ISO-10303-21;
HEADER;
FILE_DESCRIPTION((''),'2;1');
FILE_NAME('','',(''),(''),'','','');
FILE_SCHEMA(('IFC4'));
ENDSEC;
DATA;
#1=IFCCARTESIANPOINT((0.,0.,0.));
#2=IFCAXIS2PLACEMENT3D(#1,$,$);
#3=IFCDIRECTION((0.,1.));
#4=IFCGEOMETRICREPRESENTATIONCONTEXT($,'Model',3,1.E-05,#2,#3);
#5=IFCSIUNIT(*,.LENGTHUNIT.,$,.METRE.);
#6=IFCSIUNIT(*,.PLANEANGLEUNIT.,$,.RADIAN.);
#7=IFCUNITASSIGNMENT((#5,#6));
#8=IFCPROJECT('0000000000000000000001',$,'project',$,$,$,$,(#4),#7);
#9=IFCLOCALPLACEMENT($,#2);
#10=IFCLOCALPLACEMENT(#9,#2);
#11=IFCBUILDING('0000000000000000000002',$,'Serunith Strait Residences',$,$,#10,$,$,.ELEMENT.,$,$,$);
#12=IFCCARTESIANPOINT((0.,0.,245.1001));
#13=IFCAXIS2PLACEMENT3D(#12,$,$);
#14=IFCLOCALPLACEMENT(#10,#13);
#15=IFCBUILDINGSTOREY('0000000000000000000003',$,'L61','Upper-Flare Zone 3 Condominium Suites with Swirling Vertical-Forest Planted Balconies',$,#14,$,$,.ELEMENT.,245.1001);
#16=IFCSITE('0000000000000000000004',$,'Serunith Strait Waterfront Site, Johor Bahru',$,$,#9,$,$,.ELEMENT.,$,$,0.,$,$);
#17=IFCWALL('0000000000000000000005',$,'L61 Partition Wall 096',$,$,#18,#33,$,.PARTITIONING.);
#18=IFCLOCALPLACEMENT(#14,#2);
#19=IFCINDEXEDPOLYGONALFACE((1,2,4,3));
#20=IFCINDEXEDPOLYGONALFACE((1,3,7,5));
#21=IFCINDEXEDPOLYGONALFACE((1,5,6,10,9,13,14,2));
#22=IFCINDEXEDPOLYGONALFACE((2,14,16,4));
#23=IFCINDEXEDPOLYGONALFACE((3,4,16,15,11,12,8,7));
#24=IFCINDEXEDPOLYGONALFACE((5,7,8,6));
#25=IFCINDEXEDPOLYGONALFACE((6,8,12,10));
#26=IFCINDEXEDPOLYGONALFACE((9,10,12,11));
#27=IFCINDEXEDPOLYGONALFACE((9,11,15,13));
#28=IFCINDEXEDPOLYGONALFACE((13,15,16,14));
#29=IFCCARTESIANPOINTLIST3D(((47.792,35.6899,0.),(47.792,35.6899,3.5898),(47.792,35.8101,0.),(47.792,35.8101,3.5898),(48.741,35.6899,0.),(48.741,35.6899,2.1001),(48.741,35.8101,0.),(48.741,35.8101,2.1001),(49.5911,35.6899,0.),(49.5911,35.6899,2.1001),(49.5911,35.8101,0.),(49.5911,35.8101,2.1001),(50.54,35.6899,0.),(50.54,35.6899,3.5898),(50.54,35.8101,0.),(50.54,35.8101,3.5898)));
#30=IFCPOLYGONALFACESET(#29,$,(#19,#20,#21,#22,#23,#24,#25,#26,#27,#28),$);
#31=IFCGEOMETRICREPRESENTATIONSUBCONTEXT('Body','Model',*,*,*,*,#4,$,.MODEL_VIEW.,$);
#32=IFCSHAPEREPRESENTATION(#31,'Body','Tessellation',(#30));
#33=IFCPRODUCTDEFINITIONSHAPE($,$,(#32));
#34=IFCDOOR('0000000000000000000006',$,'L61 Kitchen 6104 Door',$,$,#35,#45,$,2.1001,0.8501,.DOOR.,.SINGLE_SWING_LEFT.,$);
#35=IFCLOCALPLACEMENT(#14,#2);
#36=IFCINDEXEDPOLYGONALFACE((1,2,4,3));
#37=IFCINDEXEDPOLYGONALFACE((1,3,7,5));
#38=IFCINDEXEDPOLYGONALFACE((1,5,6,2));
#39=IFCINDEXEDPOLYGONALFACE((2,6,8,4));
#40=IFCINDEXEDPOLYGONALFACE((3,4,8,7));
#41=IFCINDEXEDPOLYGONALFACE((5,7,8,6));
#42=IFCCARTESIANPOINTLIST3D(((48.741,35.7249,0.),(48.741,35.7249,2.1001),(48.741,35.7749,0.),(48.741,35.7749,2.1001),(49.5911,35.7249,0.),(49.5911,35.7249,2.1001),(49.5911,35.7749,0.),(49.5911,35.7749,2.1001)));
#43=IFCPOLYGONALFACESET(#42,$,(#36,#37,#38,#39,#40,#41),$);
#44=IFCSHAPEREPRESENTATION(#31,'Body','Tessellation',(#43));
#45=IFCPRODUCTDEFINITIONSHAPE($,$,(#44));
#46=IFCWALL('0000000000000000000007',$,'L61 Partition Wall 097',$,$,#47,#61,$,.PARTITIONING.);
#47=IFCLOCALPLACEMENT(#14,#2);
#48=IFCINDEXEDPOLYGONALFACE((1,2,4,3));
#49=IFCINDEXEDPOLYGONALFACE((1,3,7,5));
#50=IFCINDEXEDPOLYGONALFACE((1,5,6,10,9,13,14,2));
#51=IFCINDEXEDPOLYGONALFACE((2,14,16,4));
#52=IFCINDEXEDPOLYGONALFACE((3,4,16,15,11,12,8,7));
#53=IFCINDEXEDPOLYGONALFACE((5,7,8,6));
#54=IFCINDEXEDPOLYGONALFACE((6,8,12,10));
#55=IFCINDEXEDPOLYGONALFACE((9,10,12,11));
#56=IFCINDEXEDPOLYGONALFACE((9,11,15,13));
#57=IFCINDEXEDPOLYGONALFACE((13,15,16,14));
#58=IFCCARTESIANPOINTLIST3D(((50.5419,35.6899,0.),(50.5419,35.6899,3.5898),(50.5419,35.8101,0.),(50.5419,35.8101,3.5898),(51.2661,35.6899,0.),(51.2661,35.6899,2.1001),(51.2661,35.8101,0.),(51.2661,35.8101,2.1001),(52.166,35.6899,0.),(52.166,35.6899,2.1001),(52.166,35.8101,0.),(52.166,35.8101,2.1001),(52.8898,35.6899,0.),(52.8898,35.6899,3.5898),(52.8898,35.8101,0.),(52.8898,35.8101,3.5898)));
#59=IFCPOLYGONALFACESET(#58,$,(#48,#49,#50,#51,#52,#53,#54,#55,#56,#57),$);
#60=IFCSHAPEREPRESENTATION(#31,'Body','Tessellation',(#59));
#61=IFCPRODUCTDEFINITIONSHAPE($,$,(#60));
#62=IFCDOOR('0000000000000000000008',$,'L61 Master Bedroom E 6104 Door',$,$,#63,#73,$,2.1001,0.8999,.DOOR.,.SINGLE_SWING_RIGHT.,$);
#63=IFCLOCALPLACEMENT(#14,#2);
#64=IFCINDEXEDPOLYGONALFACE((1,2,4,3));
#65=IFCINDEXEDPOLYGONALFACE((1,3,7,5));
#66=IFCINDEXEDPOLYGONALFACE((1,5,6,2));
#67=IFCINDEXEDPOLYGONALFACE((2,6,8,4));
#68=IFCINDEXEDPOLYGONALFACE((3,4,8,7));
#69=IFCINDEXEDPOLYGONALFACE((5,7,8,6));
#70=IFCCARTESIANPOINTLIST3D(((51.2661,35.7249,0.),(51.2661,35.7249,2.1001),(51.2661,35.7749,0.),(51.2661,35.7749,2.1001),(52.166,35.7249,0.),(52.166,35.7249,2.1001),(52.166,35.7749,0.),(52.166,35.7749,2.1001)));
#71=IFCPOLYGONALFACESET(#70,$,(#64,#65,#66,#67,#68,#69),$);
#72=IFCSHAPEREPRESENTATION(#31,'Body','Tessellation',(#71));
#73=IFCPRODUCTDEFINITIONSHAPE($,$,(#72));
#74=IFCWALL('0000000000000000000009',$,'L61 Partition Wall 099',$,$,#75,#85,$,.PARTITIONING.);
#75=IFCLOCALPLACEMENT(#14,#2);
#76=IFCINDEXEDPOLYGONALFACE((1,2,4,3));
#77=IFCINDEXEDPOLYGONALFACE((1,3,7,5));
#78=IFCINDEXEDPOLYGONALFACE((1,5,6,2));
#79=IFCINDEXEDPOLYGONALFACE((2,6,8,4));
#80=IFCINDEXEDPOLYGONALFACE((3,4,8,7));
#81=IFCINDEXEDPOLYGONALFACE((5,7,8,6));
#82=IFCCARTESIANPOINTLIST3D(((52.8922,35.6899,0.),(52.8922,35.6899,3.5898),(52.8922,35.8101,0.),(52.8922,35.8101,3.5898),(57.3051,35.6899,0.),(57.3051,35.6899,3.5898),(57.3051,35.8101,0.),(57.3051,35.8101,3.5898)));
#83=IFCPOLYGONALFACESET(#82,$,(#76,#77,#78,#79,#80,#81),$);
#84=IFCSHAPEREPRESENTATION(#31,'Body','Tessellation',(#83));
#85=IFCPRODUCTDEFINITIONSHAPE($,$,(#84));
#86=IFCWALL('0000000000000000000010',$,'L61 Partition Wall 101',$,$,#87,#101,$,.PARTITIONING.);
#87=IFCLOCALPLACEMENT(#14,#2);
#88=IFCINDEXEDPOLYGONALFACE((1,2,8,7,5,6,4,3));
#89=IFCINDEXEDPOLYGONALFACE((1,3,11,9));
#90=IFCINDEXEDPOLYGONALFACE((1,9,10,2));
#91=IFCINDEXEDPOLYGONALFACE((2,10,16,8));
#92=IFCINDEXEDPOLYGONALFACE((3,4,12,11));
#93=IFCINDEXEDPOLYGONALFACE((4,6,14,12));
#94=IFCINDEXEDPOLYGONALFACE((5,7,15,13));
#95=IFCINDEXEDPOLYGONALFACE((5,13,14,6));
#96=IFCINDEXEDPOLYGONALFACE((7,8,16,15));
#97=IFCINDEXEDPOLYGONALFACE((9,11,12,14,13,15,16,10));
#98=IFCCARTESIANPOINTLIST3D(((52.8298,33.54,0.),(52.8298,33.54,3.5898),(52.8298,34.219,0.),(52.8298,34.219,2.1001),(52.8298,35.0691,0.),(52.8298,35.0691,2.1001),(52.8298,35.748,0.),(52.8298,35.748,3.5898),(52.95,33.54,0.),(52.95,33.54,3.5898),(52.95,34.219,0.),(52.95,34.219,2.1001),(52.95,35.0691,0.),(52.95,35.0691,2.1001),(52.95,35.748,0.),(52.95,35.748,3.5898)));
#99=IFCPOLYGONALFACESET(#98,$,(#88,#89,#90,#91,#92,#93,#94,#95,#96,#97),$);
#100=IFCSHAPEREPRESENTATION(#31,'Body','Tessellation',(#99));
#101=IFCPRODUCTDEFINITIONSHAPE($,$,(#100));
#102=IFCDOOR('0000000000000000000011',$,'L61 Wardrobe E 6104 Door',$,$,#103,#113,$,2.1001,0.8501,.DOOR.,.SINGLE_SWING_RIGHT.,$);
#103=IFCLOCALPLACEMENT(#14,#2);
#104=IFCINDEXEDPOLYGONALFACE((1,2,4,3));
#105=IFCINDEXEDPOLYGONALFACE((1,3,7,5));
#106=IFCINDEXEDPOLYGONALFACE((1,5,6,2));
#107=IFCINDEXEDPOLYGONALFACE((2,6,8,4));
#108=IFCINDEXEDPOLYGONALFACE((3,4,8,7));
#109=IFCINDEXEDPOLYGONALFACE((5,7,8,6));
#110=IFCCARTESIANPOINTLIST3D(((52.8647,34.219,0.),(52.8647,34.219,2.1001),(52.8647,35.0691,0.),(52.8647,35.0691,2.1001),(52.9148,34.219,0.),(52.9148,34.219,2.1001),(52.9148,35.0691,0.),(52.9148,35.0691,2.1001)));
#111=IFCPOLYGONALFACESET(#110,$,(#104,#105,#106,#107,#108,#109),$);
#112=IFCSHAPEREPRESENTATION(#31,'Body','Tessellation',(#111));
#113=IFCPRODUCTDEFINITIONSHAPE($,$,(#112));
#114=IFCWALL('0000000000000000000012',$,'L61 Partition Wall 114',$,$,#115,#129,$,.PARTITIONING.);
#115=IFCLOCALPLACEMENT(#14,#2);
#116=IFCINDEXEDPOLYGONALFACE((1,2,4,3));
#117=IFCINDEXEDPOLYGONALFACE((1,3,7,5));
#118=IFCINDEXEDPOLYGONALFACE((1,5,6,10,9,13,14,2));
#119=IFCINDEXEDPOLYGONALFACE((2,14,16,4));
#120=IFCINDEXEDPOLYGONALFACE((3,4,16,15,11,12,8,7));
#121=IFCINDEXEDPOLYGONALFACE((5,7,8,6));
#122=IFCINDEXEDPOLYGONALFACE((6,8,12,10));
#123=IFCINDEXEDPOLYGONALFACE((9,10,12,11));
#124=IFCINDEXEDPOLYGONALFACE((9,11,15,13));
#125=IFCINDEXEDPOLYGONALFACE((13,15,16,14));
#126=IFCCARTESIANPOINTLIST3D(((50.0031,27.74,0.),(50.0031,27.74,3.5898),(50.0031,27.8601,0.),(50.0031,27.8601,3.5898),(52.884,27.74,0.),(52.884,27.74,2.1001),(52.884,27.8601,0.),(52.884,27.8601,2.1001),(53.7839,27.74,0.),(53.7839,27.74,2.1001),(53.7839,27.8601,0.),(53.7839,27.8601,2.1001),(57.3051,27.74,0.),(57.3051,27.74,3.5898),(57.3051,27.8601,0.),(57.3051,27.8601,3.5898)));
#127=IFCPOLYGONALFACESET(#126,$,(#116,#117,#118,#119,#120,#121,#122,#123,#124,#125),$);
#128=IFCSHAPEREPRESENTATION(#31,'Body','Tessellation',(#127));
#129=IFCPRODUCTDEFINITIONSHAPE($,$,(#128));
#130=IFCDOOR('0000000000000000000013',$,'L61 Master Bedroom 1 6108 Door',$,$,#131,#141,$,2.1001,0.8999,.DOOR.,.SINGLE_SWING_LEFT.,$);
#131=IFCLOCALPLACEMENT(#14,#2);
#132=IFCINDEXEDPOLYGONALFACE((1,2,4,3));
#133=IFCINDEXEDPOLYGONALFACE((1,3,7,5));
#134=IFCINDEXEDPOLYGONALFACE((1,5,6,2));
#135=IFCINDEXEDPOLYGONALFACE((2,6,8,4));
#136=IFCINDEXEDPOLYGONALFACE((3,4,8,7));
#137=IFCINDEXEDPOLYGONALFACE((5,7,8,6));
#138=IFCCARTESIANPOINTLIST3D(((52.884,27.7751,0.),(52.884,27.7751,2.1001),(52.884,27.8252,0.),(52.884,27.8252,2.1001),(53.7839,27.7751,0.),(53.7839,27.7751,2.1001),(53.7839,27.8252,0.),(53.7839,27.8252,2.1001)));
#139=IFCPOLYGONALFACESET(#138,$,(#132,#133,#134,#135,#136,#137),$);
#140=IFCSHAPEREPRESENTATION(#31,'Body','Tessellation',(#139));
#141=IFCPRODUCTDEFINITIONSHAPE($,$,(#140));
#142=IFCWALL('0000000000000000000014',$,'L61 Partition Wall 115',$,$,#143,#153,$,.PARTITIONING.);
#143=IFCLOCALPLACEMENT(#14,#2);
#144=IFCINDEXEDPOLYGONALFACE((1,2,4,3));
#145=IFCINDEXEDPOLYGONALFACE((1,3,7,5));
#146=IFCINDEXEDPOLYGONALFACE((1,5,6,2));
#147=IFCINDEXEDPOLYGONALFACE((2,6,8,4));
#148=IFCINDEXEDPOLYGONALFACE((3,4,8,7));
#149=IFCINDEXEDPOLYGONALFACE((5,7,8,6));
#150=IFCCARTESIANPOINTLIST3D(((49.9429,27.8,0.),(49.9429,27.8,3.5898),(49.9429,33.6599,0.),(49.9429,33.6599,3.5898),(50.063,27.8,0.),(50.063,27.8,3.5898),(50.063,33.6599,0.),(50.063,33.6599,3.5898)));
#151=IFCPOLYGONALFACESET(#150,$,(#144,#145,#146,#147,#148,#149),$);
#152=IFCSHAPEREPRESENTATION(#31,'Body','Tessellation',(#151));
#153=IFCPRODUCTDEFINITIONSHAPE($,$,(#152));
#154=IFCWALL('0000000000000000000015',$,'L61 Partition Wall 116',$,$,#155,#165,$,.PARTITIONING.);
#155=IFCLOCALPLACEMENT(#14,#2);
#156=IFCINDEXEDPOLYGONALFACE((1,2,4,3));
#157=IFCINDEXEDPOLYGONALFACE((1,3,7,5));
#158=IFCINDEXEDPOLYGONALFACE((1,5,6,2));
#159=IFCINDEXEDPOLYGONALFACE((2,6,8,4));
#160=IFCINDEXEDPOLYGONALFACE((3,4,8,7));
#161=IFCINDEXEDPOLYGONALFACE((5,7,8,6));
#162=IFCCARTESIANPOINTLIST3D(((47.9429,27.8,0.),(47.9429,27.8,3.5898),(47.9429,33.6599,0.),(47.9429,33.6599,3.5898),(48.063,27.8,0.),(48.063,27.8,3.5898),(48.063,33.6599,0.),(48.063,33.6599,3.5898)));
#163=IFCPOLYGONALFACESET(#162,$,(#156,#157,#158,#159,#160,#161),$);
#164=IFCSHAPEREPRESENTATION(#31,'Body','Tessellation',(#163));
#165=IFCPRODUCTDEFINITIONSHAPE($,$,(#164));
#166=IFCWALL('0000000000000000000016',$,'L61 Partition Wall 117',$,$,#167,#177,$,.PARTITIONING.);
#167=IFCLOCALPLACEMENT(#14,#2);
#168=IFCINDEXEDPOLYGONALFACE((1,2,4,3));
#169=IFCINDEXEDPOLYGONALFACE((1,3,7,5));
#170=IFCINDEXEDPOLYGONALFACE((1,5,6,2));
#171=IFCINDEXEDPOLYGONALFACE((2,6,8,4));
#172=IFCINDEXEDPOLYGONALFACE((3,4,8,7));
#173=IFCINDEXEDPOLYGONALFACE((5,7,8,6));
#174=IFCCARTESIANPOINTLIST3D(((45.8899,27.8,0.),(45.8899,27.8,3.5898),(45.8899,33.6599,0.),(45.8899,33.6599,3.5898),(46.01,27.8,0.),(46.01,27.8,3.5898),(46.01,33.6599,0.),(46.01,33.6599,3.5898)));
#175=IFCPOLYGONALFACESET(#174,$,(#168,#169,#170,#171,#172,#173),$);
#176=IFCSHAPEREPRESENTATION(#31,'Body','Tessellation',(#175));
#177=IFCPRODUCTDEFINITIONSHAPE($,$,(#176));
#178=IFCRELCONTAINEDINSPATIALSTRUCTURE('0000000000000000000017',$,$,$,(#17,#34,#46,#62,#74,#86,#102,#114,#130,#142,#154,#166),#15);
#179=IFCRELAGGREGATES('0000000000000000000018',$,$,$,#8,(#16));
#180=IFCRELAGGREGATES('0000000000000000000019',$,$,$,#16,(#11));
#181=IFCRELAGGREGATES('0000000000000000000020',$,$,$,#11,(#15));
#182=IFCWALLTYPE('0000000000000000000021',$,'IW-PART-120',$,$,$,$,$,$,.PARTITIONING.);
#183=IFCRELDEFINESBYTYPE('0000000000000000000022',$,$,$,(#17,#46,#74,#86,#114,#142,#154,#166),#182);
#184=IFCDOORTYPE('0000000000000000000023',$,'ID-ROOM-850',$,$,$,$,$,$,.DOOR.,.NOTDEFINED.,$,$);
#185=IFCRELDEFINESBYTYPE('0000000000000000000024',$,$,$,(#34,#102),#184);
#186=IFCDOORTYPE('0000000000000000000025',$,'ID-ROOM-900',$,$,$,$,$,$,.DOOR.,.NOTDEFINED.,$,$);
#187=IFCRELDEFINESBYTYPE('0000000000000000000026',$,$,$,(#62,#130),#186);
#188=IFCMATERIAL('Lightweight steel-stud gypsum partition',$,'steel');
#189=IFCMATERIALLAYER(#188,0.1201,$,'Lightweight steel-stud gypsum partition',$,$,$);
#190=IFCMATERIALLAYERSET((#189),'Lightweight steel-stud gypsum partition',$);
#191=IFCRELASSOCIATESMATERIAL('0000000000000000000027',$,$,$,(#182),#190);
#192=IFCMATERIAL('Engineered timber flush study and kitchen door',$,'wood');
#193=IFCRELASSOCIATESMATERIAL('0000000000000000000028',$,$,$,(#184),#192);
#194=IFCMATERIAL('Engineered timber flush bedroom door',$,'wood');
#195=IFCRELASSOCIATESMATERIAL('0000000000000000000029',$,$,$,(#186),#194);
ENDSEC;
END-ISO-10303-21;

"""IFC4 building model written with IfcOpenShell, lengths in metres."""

from ifc_helpers import new_model, si_unit, direction, frame, frame_2d, origin, place, context, subcontext, project, spatial, rectangle, extrude, source, transform, mapped, material, layer, layer_set, type_object, element, fill, save


model = new_model("IFC4")

# Units and contexts
model_context = context("Model", 3, precision=1e-05, world=origin(), true_north=direction((0.0, 1.0)))
body_context = subcontext(model_context, "Body", "Model", "MODEL_VIEW")
ifc_project = project(units=[si_unit("LENGTHUNIT", "METRE"), si_unit("PLANEANGLEUNIT", "RADIAN")], contexts=[model_context])

# Site, building, storey
site_placement = place(None, origin())
site = spatial("IfcSite", under=ifc_project, at=site_placement, Name="Serunith Strait Waterfront Site, Johor Bahru", CompositionType="ELEMENT", RefElevation=0.0)
building_placement = place(site_placement, origin())
building = spatial("IfcBuilding", under=site, at=building_placement, Name="Serunith Strait Residences", CompositionType="ELEMENT")
storey_placement = place(building_placement, frame((0.0, 0.0, 245.1001)))
storey = spatial("IfcBuildingStorey", under=building, at=storey_placement, Name="L61", Description="Upper-Flare Zone 3 Condominium Suites with Swirling Vertical-Forest Planted Balconies", CompositionType="ELEMENT", Elevation=245.1001)

# Walls, openings, doors
ifc_material_1 = material(Name="Lightweight steel-stud gypsum partition", Category="steel")
ifc_layer_1 = layer(ifc_material_1, 0.1201, Name="Lightweight steel-stud gypsum partition")
ifc_layer_set_1 = layer_set([ifc_layer_1], Name="Lightweight steel-stud gypsum partition")
wall_type_1 = type_object("IfcWallType", Name="IW-PART-120", PredefinedType="PARTITIONING", material=ifc_layer_set_1)
wall_1_placement = place(storey_placement, frame((47.792, 35.75, 0.0), z_axis=(0.0, 0.0, 1.0), x_axis=(1.0, 0.0, 0.0)))
wall_1 = element("IfcWall", 1, at=wall_1_placement, inside=storey, type_object=wall_type_1, Name="L61 Partition Wall 096", PredefinedType="PARTITIONING", context=body_context, shape_type="SweptSolid", body=[
    extrude(rectangle(XDim=2.748, YDim=0.1201, at=frame_2d((1.374, 0.0))), origin(), (0.0, 0.0, 1.0), 3.5898),
])
opening_1_placement = place(wall_1_placement, frame((0.949, 0.0, 0.0)))
opening_1 = element("IfcOpeningElement", 2, at=opening_1_placement, cuts=wall_1, PredefinedType="OPENING", context=body_context, shape_type="SweptSolid", body=[
    extrude(rectangle(XDim=0.8501, YDim=2.1001, at=frame_2d((0.425, 1.05))), frame((0.0, 0.0701, 0.0), z_axis=(0.0, -1.0, 0.0), x_axis=(1.0, 0.0, 0.0)), (0.0, 0.0, 1.0), 0.1401),
])
ifc_material_2 = material(Name="Engineered timber flush study and kitchen door", Category="wood")
door_type_1 = type_object("IfcDoorType", Name="ID-ROOM-850", OperationType="NOTDEFINED", PredefinedType="DOOR", material=ifc_material_2)
shared_shape_1 = source(origin(), body_context, "Body", "SweptSolid", [
    extrude(rectangle(XDim=0.8501, YDim=2.1001, at=frame_2d((0.425, 1.05))), frame((0.0, 0.0249, 0.0), z_axis=(0.0, -1.0, 0.0), x_axis=(1.0, 0.0, 0.0)), (0.0, 0.0, 1.0), 0.05),
])
door_1_placement = place(opening_1_placement, origin())
door_1 = element("IfcDoor", 3, at=door_1_placement, inside=storey, type_object=door_type_1, Name="L61 Kitchen 6104 Door", OperationType="SINGLE_SWING_LEFT", OverallHeight=2.1001, OverallWidth=0.8501, PredefinedType="DOOR", context=body_context, shape_type="MappedRepresentation", body=[
    mapped(shared_shape_1, transform((0.0, 0.0, 0.0), scale=1.0)),
])
fill(opening_1, door_1)
wall_2_placement = place(storey_placement, frame((50.542, 35.75, 0.0), z_axis=(0.0, 0.0, 1.0), x_axis=(1.0, 0.0, 0.0)))
wall_2 = element("IfcWall", 4, at=wall_2_placement, inside=storey, type_object=wall_type_1, Name="L61 Partition Wall 097", PredefinedType="PARTITIONING", context=body_context, shape_type="SweptSolid", body=[
    extrude(rectangle(XDim=2.3479, YDim=0.1201, at=frame_2d((1.1738, 0.0))), origin(), (0.0, 0.0, 1.0), 3.5898),
])
opening_2_placement = place(wall_2_placement, frame((0.7241, 0.0, 0.0)))
opening_2 = element("IfcOpeningElement", 5, at=opening_2_placement, cuts=wall_2, PredefinedType="OPENING", context=body_context, shape_type="SweptSolid", body=[
    extrude(rectangle(XDim=0.8999, YDim=2.1001, at=frame_2d((0.45, 1.05))), frame((0.0, 0.0701, 0.0), z_axis=(0.0, -1.0, 0.0), x_axis=(1.0, 0.0, 0.0)), (0.0, 0.0, 1.0), 0.1401),
])
ifc_material_3 = material(Name="Engineered timber flush bedroom door", Category="wood")
door_type_2 = type_object("IfcDoorType", Name="ID-ROOM-900", OperationType="NOTDEFINED", PredefinedType="DOOR", material=ifc_material_3)
shared_shape_2 = source(origin(), body_context, "Body", "SweptSolid", [
    extrude(rectangle(XDim=0.8999, YDim=2.1001, at=frame_2d((0.45, 1.05))), frame((0.0, 0.0249, 0.0), z_axis=(0.0, -1.0, 0.0), x_axis=(1.0, 0.0, 0.0)), (0.0, 0.0, 1.0), 0.05),
])
door_2_placement = place(opening_2_placement, origin())
door_2 = element("IfcDoor", 6, at=door_2_placement, inside=storey, type_object=door_type_2, Name="L61 Master Bedroom E 6104 Door", OperationType="SINGLE_SWING_RIGHT", OverallHeight=2.1001, OverallWidth=0.8999, PredefinedType="DOOR", context=body_context, shape_type="MappedRepresentation", body=[
    mapped(shared_shape_2, transform((0.0, 0.0, 0.0), scale=1.0)),
])
fill(opening_2, door_2)

# Wall
wall_3_placement = place(storey_placement, frame((52.8921, 35.75, 0.0), z_axis=(0.0, 0.0, 1.0), x_axis=(1.0, 0.0, 0.0)))
element("IfcWall", 7, at=wall_3_placement, inside=storey, type_object=wall_type_1, Name="L61 Partition Wall 099", PredefinedType="PARTITIONING", context=body_context, shape_type="SweptSolid", body=[
    extrude(rectangle(XDim=4.4128, YDim=0.1201, at=frame_2d((2.2065, 0.0))), origin(), (0.0, 0.0, 1.0), 3.5898),
])

# Walls, openings, doors
wall_4_placement = place(storey_placement, frame((52.8899, 35.748, 0.0), z_axis=(0.0, 0.0, 1.0), x_axis=(0.0, -1.0, 0.0)))
wall_4 = element("IfcWall", 8, at=wall_4_placement, inside=storey, type_object=wall_type_1, Name="L61 Partition Wall 101", PredefinedType="PARTITIONING", context=body_context, shape_type="SweptSolid", body=[
    extrude(rectangle(XDim=2.208, YDim=0.1201, at=frame_2d((1.104, 0.0))), origin(), (0.0, 0.0, 1.0), 3.5898),
])
opening_3_placement = place(wall_4_placement, frame((0.679, 0.0, 0.0)))
opening_3 = element("IfcOpeningElement", 9, at=opening_3_placement, cuts=wall_4, PredefinedType="OPENING", context=body_context, shape_type="SweptSolid", body=[
    extrude(rectangle(XDim=0.8501, YDim=2.1001, at=frame_2d((0.425, 1.05))), frame((0.0, 0.0701, 0.0), z_axis=(0.0, -1.0, 0.0), x_axis=(1.0, 0.0, 0.0)), (0.0, 0.0, 1.0), 0.1401),
])
door_3_placement = place(opening_3_placement, origin())
door_3 = element("IfcDoor", 10, at=door_3_placement, inside=storey, type_object=door_type_1, Name="L61 Wardrobe E 6104 Door", OperationType="SINGLE_SWING_RIGHT", OverallHeight=2.1001, OverallWidth=0.8501, PredefinedType="DOOR", context=body_context, shape_type="MappedRepresentation", body=[
    mapped(shared_shape_1, transform((0.0, 0.0, 0.0), scale=1.0)),
])
fill(opening_3, door_3)
wall_5_placement = place(storey_placement, frame((57.3049, 27.8, 0.0), z_axis=(0.0, 0.0, 1.0), x_axis=(-1.0, 0.0, 0.0)))
wall_5 = element("IfcWall", 11, at=wall_5_placement, inside=storey, type_object=wall_type_1, Name="L61 Partition Wall 114", PredefinedType="PARTITIONING", context=body_context, shape_type="SweptSolid", body=[
    extrude(rectangle(XDim=7.302, YDim=0.1201, at=frame_2d((3.6509, 0.0))), origin(), (0.0, 0.0, 1.0), 3.5898),
])
opening_4_placement = place(wall_5_placement, frame((3.521, 0.0, 0.0)))
opening_4 = element("IfcOpeningElement", 12, at=opening_4_placement, cuts=wall_5, PredefinedType="OPENING", context=body_context, shape_type="SweptSolid", body=[
    extrude(rectangle(XDim=0.8999, YDim=2.1001, at=frame_2d((0.45, 1.05))), frame((0.0, 0.0701, 0.0), z_axis=(0.0, -1.0, 0.0), x_axis=(1.0, 0.0, 0.0)), (0.0, 0.0, 1.0), 0.1401),
])
door_4_placement = place(opening_4_placement, origin())
door_4 = element("IfcDoor", 13, at=door_4_placement, inside=storey, type_object=door_type_2, Name="L61 Master Bedroom 1 6108 Door", OperationType="SINGLE_SWING_LEFT", OverallHeight=2.1001, OverallWidth=0.8999, PredefinedType="DOOR", context=body_context, shape_type="MappedRepresentation", body=[
    mapped(shared_shape_2, transform((0.0, 0.0, 0.0), scale=1.0)),
])
fill(opening_4, door_4)

# Walls
for number, where, z_axis, x_axis, name in (
    (14, (50.0029, 27.8, 0.0), (0.0, 0.0, 1.0), (0.0, 1.0, 0.0), "L61 Partition Wall 115"),
    (15, (48.0029, 27.8, 0.0), (0.0, 0.0, 1.0), (0.0, 1.0, 0.0), "L61 Partition Wall 116"),
    (16, (45.95, 27.8, 0.0), (0.0, 0.0, 1.0), (0.0, 1.0, 0.0), "L61 Partition Wall 117"),
):
    element("IfcWall", number, at=place(storey_placement, frame(where, z_axis=z_axis, x_axis=x_axis)), inside=storey, type_object=wall_type_1, Name=name, PredefinedType="PARTITIONING", context=body_context, shape_type="SweptSolid", body=[
        extrude(rectangle(XDim=5.8599, YDim=0.1201, at=frame_2d((2.9299, 0.0))), origin(), (0.0, 0.0, 1.0), 3.5898),
    ])

save(model, "model.ifc")
